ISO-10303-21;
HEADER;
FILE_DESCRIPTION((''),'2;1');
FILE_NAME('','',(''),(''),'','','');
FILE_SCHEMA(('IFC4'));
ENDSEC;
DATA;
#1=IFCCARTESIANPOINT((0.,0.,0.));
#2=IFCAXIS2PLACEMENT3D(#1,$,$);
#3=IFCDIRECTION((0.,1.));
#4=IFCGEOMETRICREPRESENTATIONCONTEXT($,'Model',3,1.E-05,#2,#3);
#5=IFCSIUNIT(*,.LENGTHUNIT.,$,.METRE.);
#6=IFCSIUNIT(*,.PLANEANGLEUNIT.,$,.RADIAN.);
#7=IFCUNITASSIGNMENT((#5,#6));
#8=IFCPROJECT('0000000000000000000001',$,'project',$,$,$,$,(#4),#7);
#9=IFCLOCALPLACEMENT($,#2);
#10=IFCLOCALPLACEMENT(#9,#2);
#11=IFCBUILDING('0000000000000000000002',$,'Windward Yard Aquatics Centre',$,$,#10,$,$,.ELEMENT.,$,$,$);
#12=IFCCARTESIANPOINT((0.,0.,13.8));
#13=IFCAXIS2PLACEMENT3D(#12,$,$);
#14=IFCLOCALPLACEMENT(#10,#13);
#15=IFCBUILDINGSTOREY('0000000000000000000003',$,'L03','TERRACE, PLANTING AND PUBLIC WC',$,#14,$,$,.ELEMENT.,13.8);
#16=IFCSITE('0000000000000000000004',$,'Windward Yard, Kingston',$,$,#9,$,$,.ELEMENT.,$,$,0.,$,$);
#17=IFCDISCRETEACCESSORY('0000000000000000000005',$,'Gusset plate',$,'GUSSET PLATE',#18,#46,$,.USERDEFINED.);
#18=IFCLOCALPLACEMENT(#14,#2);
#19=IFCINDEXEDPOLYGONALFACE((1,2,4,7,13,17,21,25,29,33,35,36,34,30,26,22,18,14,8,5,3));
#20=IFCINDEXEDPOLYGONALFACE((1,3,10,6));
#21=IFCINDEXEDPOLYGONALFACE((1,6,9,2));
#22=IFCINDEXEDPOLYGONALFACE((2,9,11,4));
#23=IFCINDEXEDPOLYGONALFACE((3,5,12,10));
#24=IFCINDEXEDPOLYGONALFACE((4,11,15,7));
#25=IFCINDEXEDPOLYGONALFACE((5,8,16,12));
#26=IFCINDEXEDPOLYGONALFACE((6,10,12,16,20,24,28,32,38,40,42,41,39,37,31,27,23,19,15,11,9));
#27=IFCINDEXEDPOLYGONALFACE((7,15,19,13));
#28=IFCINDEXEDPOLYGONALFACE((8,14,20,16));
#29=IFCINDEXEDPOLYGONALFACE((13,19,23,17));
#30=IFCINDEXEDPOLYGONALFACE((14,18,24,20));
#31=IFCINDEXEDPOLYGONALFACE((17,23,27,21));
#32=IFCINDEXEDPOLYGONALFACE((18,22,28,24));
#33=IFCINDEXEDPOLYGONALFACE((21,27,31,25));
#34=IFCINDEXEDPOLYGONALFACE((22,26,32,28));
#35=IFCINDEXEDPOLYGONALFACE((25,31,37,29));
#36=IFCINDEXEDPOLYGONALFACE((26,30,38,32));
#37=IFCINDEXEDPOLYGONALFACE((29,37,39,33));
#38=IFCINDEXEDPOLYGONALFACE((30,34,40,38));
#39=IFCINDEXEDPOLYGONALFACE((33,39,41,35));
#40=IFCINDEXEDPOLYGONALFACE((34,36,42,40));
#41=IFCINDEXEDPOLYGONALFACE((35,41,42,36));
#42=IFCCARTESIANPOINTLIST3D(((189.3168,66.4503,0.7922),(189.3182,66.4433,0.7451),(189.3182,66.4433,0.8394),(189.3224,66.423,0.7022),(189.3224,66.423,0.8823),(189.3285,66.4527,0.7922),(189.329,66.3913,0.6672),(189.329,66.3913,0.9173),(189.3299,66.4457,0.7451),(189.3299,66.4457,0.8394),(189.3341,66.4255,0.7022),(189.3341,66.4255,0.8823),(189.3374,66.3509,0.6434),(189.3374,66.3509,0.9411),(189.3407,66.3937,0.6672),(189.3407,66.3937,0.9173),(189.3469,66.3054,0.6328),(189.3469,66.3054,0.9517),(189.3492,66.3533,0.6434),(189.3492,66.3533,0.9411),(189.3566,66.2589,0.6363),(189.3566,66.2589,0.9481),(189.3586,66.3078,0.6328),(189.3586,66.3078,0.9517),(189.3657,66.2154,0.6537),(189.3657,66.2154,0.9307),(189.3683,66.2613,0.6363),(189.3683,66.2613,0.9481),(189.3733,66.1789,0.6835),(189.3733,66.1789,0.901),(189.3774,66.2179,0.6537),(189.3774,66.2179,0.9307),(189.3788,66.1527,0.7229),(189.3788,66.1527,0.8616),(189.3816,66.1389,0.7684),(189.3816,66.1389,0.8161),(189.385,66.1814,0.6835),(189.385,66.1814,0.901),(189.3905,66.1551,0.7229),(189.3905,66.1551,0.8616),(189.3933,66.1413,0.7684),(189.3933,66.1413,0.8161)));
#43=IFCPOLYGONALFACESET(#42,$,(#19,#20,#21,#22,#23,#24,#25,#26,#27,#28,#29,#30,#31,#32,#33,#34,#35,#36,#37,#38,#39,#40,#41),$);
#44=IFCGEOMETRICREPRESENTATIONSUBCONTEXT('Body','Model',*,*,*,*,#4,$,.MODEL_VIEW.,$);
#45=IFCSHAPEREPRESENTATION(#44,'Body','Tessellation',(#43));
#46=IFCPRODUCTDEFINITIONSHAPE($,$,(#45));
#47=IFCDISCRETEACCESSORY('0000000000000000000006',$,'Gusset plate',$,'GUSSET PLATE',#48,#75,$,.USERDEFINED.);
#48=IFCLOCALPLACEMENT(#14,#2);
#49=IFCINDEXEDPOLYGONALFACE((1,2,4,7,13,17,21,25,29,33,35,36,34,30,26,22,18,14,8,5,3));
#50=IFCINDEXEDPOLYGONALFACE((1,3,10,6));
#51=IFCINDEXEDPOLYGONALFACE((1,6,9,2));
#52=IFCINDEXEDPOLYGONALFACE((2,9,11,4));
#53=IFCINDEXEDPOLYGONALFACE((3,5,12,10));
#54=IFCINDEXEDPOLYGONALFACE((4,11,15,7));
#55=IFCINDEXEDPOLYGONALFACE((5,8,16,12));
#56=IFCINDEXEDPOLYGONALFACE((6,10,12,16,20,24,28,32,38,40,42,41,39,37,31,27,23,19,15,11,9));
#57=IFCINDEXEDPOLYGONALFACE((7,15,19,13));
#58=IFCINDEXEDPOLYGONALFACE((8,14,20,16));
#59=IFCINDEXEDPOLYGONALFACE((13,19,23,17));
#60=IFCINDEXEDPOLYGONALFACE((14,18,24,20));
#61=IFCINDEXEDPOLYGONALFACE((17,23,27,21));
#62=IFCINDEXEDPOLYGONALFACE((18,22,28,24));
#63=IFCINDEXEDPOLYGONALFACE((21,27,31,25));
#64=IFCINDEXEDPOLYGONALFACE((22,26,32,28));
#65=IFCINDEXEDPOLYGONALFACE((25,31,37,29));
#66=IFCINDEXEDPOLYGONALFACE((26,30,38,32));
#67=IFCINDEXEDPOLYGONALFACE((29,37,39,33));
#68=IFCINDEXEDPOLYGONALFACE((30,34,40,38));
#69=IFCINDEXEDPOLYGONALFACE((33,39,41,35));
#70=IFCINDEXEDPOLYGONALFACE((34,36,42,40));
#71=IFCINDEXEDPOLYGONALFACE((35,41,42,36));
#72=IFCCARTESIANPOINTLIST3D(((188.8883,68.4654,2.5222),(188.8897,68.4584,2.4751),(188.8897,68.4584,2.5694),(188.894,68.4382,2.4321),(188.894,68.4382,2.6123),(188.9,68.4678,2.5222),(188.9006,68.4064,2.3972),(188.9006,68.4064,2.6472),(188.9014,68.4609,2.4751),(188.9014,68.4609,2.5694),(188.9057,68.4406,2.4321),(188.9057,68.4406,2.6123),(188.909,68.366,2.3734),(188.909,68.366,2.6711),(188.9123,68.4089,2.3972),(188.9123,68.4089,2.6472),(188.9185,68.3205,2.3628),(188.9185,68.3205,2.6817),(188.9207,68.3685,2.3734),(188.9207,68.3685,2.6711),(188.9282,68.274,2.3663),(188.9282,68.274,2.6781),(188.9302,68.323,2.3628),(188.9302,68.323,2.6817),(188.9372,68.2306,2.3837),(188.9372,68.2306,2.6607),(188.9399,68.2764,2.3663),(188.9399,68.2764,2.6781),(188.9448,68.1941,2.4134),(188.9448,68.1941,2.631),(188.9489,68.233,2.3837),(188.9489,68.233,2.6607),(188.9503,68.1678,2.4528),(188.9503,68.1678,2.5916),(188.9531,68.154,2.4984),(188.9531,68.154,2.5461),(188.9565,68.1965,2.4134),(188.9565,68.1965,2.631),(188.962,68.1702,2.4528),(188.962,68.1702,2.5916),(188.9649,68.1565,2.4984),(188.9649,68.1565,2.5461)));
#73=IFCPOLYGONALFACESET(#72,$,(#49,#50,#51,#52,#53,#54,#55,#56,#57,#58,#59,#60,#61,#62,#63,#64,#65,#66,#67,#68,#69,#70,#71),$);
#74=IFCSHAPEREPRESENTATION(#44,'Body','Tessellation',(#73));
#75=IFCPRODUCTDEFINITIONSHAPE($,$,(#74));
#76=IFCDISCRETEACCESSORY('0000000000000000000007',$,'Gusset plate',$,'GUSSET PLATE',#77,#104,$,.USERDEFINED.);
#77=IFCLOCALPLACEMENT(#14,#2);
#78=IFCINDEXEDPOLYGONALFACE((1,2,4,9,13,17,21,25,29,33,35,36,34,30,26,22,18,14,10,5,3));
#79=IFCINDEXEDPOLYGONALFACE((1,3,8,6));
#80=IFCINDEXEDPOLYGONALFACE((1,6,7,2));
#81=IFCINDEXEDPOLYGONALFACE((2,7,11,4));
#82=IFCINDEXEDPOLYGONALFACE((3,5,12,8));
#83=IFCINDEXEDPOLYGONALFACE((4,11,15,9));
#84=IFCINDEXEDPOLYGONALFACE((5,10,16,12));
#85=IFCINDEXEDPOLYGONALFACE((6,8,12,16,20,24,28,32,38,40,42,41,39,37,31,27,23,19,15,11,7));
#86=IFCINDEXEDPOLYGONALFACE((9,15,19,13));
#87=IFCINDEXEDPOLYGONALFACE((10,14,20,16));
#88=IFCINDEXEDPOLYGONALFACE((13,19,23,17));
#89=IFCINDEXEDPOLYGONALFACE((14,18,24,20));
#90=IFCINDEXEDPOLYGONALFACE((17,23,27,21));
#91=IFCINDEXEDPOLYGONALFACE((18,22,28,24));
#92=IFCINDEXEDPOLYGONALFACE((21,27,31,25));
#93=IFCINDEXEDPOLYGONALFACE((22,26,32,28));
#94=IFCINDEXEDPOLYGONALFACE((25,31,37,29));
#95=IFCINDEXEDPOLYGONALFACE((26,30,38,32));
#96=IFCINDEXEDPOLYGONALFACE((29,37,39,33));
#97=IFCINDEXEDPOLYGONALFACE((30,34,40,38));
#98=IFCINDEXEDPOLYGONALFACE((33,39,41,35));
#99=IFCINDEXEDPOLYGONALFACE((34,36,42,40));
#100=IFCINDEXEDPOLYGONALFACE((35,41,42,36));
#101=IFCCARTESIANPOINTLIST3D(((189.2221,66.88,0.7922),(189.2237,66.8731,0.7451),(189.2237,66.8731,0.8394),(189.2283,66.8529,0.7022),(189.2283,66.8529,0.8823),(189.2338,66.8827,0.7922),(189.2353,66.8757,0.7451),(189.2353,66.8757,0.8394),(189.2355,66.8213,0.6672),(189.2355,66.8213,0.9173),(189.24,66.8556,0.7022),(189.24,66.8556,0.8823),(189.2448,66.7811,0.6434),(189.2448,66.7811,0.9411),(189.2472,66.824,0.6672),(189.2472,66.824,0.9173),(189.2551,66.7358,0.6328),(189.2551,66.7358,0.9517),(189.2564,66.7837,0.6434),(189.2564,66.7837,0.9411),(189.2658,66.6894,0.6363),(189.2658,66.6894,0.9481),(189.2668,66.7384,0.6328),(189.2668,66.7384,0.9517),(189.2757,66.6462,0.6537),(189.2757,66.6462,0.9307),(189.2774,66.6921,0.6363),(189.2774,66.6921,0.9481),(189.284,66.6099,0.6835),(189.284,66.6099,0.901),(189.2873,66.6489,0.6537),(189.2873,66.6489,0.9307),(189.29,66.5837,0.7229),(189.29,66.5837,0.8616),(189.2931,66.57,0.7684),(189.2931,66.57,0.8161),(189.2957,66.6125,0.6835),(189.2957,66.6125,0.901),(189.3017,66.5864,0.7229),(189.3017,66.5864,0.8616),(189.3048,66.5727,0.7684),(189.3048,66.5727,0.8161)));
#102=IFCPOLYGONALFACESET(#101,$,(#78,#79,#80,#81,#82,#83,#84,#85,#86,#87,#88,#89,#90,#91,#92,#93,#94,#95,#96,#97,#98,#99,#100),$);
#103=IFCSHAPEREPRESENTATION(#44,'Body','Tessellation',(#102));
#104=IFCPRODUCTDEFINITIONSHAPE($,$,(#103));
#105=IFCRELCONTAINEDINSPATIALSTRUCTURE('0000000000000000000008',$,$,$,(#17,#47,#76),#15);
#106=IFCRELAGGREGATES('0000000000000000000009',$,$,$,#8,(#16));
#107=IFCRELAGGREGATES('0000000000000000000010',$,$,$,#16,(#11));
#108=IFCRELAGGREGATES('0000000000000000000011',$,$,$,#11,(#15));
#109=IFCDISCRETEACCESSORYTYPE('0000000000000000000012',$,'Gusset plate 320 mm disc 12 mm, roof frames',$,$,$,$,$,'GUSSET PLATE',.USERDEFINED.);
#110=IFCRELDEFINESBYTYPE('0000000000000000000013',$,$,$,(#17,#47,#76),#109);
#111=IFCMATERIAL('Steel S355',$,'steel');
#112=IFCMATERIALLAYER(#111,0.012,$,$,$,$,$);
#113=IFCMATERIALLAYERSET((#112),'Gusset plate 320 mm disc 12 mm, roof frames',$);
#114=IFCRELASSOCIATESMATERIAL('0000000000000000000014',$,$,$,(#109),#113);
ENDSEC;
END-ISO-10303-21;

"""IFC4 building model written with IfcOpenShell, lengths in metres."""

from ifc_helpers import new_model, si_unit, direction, frame, origin, origin_2d, place, context, subcontext, project, spatial, circle, extrude, material, layer, layer_set, type_object, element, save


model = new_model("IFC4")

# Units and contexts
model_context = context("Model", 3, precision=1e-05, world=origin(), true_north=direction((0.0, 1.0)))
body_context = subcontext(model_context, "Body", "Model", "MODEL_VIEW")
ifc_project = project(units=[si_unit("LENGTHUNIT", "METRE"), si_unit("PLANEANGLEUNIT", "RADIAN")], contexts=[model_context])

# Site, building, storey
site_placement = place(None, origin())
site = spatial("IfcSite", under=ifc_project, at=site_placement, Name="Windward Yard, Kingston", CompositionType="ELEMENT", RefElevation=0.0)
building_placement = place(site_placement, origin())
building = spatial("IfcBuilding", under=site, at=building_placement, Name="Windward Yard Aquatics Centre", CompositionType="ELEMENT")
storey_placement = place(building_placement, frame((0.0, 0.0, 13.8)))
storey = spatial("IfcBuildingStorey", under=building, at=storey_placement, Name="L03", Description="TERRACE, PLANTING AND PUBLIC WC", CompositionType="ELEMENT", Elevation=13.8)

# Discrete accessories
ifc_material_1 = material(Name="Steel S355", Category="steel")
ifc_layer = layer(ifc_material_1, 0.012)
ifc_layer_set = layer_set([ifc_layer], Name="Gusset plate 320 mm disc 12 mm, roof frames")
discrete_accessory_type = type_object("IfcDiscreteAccessoryType", Name="Gusset plate 320 mm disc 12 mm, roof frames", ElementType="GUSSET PLATE", PredefinedType="USERDEFINED", material=ifc_layer_set)
for number, where, z_axis, x_axis, name in (
    (1, (189.3494, 66.2937, 0.7922), (0.97898, 0.203954, 0.0), (-0.203954, 0.97898, 0.0), "Gusset plate"),
    (2, (188.9209, 68.3088, 2.5222), (0.97898, 0.203954, 0.0), (-0.203954, 0.97898, 0.0), "Gusset plate"),
    (3, (189.2578, 66.7241, 0.7922), (0.974732, 0.223376, 0.0), (-0.223376, 0.974732, 0.0), "Gusset plate"),
):
    element("IfcDiscreteAccessory", number, at=place(storey_placement, frame(where, z_axis=z_axis, x_axis=x_axis)), inside=storey, type_object=discrete_accessory_type, Name=name, ObjectType="GUSSET PLATE", PredefinedType="USERDEFINED", context=body_context, shape_type="SweptSolid", body=[
        extrude(circle(Radius=0.1599, at=origin_2d()), origin(), (0.0, 0.0, 1.0), 0.012),
    ])

save(model, "model.ifc")
